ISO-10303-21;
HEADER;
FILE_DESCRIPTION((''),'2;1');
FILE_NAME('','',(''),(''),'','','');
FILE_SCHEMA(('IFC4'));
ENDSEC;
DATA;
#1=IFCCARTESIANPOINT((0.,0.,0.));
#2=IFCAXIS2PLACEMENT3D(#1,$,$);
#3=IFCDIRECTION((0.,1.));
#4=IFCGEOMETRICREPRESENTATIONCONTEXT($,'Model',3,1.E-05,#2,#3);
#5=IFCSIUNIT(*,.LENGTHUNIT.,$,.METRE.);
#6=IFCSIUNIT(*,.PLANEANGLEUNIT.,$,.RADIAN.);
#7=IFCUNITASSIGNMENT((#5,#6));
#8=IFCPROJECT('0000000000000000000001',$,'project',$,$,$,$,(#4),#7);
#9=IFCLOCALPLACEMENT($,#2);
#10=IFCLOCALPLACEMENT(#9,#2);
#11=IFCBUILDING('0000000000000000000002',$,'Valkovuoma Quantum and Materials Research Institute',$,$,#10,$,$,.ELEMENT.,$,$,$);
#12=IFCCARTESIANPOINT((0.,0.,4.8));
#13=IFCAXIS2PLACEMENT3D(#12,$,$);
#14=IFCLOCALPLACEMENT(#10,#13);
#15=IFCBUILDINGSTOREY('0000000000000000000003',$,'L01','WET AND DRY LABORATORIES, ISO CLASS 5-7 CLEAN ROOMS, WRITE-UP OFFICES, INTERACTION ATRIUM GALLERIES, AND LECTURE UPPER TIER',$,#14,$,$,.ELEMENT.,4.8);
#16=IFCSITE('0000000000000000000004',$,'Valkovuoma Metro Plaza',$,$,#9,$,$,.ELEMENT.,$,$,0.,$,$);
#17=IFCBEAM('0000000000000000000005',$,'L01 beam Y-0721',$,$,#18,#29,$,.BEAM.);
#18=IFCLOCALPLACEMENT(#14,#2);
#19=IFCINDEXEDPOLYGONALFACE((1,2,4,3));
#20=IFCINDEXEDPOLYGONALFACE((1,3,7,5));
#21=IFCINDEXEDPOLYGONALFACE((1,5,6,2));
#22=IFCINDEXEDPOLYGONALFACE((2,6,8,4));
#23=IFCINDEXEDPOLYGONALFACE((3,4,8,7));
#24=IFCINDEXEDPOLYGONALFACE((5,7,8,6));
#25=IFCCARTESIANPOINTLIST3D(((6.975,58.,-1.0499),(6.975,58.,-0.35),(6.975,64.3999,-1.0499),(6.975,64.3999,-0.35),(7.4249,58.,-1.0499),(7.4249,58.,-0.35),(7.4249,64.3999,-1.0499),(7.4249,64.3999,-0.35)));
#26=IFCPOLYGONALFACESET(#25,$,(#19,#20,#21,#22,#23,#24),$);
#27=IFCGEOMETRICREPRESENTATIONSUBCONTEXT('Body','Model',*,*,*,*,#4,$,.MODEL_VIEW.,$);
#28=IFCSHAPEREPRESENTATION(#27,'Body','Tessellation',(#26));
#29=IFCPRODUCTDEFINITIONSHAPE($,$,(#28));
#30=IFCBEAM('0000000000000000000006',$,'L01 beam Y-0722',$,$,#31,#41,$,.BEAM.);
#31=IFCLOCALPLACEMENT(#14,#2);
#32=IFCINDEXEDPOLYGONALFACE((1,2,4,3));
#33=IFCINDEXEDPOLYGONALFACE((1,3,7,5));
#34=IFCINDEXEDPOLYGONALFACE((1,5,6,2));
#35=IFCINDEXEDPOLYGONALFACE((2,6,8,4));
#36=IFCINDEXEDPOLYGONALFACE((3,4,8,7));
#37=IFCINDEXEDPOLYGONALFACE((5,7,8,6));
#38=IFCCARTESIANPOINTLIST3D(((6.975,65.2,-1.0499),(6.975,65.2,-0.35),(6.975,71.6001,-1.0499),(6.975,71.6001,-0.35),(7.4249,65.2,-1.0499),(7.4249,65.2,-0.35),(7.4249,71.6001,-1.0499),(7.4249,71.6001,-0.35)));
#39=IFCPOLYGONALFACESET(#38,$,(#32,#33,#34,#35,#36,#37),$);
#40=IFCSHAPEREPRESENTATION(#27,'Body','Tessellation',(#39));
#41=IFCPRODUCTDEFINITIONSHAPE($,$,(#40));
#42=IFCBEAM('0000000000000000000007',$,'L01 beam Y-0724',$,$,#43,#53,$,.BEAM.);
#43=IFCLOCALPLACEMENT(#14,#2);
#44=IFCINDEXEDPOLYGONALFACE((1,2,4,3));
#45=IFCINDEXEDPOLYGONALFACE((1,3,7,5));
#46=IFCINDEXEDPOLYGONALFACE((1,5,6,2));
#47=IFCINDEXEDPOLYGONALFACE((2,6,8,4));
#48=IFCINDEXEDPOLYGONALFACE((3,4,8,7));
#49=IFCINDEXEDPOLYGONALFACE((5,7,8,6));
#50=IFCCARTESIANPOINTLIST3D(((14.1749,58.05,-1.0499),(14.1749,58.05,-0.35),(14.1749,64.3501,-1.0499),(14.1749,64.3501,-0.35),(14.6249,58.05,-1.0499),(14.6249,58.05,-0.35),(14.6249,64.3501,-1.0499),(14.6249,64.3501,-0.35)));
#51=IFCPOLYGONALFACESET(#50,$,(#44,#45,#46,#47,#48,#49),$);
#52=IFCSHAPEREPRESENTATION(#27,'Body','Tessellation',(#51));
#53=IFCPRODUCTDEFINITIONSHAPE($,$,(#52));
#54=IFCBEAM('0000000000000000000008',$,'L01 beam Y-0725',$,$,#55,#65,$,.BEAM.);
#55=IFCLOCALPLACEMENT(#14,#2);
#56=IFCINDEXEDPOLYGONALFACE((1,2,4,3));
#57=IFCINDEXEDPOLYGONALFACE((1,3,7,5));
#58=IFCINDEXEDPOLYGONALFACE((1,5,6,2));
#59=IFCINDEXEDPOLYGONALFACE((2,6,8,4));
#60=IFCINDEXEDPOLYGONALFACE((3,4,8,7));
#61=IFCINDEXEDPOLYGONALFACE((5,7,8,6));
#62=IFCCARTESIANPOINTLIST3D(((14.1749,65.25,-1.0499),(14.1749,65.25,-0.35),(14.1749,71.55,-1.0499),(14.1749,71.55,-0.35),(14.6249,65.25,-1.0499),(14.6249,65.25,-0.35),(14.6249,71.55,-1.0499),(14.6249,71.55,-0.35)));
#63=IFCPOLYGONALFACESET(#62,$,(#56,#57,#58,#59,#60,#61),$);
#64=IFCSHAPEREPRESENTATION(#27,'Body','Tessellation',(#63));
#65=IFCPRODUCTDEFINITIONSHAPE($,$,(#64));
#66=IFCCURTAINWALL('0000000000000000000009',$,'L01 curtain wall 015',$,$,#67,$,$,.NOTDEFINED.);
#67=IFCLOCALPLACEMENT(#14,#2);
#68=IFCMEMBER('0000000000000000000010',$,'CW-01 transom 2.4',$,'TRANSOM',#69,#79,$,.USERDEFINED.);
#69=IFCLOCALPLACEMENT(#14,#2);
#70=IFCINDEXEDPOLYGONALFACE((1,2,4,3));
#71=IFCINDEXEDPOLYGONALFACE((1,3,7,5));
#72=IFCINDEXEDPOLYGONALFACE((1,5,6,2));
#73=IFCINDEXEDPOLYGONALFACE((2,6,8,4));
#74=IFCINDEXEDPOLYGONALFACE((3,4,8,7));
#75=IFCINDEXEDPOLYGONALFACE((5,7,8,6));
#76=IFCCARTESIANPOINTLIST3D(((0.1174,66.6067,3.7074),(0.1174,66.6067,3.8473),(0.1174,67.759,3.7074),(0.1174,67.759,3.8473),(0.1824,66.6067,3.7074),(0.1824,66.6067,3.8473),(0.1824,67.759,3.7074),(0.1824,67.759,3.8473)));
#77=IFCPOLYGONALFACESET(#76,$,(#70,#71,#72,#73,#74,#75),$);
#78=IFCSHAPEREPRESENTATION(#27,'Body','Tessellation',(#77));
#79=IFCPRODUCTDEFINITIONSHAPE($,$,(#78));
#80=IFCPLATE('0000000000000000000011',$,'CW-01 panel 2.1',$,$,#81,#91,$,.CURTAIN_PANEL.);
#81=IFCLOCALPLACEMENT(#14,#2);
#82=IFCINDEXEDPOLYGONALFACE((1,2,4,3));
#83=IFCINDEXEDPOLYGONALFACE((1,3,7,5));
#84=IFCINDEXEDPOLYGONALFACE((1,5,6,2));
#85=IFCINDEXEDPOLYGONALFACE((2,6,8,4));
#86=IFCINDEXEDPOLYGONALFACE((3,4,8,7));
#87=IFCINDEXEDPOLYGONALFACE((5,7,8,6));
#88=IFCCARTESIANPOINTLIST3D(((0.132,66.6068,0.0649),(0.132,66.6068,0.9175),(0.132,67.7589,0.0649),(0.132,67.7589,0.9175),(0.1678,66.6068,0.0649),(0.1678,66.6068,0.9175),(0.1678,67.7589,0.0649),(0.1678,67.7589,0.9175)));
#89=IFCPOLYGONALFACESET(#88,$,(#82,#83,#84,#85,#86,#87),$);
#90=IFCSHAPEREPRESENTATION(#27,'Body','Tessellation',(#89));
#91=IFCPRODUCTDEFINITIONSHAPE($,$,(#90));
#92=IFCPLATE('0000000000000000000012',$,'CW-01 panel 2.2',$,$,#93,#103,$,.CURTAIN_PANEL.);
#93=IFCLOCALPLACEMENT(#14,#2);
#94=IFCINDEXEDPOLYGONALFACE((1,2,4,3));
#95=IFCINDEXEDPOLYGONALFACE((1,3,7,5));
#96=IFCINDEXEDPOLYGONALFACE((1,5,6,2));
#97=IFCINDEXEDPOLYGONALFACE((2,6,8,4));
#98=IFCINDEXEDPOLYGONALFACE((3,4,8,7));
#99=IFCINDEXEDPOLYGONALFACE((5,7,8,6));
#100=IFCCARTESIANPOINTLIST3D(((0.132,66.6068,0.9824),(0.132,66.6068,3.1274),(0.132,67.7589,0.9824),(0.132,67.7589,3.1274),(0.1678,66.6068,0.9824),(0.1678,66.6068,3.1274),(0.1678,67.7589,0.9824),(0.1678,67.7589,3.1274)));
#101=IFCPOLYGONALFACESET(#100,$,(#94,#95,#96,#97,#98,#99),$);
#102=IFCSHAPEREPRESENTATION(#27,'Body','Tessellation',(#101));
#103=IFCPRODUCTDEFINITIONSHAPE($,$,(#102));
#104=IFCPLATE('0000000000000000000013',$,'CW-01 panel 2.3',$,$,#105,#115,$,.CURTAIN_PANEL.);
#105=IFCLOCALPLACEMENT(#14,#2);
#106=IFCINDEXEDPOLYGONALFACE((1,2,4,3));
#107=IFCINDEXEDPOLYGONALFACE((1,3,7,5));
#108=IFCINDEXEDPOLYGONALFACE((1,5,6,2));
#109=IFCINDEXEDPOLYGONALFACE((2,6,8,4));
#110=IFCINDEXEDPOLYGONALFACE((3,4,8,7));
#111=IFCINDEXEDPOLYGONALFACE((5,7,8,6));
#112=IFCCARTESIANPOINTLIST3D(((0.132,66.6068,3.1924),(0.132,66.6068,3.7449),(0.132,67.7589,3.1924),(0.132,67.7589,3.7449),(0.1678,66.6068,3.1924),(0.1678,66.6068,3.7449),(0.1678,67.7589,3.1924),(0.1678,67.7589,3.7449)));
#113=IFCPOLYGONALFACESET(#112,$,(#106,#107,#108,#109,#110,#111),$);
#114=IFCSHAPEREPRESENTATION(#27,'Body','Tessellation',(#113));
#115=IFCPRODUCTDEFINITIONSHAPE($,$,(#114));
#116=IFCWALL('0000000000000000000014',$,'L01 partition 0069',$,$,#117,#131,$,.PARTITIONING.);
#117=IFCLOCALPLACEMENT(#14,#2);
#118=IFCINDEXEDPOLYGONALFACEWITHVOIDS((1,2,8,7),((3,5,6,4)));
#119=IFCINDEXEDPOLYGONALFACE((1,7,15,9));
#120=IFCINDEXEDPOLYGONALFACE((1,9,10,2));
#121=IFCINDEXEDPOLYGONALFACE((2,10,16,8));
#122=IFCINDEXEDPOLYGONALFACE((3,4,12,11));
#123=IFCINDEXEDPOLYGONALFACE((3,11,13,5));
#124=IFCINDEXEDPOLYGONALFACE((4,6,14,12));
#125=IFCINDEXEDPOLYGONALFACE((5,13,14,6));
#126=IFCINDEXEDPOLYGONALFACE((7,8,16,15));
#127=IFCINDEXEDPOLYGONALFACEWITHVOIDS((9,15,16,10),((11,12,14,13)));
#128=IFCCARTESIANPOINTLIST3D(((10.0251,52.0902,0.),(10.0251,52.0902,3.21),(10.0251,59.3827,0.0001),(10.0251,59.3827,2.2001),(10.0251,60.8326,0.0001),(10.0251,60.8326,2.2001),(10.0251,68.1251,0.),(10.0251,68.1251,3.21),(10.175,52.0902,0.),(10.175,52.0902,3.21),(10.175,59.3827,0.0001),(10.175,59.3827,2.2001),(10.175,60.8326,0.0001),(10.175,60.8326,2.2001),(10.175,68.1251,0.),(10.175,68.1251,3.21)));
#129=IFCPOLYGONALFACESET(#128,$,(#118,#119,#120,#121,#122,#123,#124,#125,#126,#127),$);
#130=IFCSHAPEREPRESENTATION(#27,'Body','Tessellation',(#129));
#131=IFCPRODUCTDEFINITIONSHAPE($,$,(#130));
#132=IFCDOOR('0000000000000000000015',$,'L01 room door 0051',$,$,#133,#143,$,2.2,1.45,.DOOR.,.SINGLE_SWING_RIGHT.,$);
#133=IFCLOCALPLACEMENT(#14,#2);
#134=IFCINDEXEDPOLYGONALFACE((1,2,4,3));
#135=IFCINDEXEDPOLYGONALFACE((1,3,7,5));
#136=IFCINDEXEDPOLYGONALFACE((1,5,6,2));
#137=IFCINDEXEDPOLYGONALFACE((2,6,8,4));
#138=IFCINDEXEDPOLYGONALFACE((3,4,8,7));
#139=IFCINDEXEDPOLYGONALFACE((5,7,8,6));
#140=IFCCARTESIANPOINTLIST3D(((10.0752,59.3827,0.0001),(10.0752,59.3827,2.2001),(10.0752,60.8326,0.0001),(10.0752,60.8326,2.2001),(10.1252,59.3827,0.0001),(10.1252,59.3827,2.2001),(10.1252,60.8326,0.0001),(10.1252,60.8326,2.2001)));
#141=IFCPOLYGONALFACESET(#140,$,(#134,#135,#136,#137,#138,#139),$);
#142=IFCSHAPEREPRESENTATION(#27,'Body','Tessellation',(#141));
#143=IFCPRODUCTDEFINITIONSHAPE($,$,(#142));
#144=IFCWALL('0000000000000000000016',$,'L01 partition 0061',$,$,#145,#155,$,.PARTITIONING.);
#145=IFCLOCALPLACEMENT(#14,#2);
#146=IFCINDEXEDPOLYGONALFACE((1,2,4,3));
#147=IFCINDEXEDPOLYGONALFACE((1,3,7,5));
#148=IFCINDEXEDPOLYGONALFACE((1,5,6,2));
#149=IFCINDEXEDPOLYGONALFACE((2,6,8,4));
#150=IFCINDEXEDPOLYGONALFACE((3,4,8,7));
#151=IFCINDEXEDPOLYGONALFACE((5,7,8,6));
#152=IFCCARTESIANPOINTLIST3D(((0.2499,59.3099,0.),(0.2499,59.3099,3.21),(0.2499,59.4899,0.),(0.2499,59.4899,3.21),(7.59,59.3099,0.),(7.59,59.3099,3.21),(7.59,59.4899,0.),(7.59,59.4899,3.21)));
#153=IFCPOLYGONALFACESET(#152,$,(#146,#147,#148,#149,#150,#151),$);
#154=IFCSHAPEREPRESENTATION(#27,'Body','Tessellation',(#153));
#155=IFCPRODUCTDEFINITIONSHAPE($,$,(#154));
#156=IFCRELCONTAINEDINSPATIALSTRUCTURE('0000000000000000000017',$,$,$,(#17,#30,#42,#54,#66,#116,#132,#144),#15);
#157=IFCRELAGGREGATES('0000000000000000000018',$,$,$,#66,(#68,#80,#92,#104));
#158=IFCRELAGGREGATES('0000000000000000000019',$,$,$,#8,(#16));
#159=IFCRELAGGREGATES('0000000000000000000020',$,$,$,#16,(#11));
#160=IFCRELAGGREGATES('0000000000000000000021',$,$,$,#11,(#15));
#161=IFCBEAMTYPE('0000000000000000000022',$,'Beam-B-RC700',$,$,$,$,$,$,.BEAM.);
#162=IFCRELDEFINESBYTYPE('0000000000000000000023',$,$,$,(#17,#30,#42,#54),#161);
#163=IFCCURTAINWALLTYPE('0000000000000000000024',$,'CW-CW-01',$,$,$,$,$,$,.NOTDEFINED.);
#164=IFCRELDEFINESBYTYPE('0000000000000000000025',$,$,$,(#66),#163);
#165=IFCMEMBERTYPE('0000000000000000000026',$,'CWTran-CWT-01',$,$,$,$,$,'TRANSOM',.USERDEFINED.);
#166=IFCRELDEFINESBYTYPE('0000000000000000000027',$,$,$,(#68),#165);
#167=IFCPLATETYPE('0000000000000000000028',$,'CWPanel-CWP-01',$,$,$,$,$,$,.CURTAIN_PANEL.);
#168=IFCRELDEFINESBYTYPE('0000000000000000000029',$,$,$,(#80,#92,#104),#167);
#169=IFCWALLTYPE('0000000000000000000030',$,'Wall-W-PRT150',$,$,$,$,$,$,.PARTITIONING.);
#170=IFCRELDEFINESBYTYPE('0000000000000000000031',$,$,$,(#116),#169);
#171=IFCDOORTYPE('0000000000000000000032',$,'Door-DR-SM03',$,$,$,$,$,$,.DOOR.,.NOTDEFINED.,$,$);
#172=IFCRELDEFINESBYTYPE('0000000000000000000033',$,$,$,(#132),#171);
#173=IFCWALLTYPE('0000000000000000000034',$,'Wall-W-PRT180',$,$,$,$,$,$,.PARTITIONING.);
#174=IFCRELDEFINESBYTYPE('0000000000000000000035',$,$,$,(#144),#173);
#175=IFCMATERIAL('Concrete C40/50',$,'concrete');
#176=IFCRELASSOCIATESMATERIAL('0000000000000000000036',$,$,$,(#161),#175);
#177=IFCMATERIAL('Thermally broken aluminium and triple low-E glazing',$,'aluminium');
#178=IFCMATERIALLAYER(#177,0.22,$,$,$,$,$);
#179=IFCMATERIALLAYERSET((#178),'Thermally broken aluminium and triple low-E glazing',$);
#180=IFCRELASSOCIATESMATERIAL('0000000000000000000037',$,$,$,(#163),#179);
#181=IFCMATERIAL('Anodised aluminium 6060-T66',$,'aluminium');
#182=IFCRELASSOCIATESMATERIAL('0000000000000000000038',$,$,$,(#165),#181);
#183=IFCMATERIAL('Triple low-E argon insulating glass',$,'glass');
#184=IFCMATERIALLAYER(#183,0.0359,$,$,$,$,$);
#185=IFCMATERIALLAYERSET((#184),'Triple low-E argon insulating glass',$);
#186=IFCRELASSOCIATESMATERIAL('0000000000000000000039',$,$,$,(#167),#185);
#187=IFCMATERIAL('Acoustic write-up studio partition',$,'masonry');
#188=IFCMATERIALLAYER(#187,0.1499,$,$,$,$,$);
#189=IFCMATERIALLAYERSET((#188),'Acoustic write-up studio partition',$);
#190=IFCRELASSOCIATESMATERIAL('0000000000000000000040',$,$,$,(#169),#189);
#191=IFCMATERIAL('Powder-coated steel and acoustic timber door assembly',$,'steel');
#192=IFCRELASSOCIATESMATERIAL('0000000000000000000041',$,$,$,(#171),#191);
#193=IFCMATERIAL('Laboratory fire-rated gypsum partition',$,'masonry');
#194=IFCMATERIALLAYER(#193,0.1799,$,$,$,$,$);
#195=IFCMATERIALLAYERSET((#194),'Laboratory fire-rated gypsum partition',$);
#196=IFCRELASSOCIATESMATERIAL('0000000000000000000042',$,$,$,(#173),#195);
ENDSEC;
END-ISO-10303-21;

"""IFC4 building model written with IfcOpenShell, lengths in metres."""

from ifc_helpers import new_model, si_unit, direction, frame, frame_2d, origin, origin_2d, place, context, subcontext, project, spatial, rectangle, extrude, material, layer, layer_set, material_profile, profile_set, type_object, element, fill, aggregate, save


model = new_model("IFC4")

# Units and contexts
model_context = context("Model", 3, precision=1e-05, world=origin(), true_north=direction((0.0, 1.0)))
body_context = subcontext(model_context, "Body", "Model", "MODEL_VIEW")
ifc_project = project(units=[si_unit("LENGTHUNIT", "METRE"), si_unit("PLANEANGLEUNIT", "RADIAN")], contexts=[model_context])

# Site, building, storey
site_placement = place(None, origin())
site = spatial("IfcSite", under=ifc_project, at=site_placement, Name="Valkovuoma Metro Plaza", CompositionType="ELEMENT", RefElevation=0.0)
building_placement = place(site_placement, origin())
building = spatial("IfcBuilding", under=site, at=building_placement, Name="Valkovuoma Quantum and Materials Research Institute", CompositionType="ELEMENT")
storey_placement = place(building_placement, frame((0.0, 0.0, 4.8)))
storey = spatial("IfcBuildingStorey", under=building, at=storey_placement, Name="L01", Description="WET AND DRY LABORATORIES, ISO CLASS 5-7 CLEAN ROOMS, WRITE-UP OFFICES, INTERACTION ATRIUM GALLERIES, AND LECTURE UPPER TIER", CompositionType="ELEMENT", Elevation=4.8)

# Beams
ifc_material_1 = material(Name="Concrete C40/50", Category="concrete")
ifc_material_profile_1 = material_profile(ifc_material_1, rectangle(XDim=0.45, YDim=0.7, at=origin_2d()), Name="Concrete C40/50")
ifc_profile_set_1 = profile_set([ifc_material_profile_1], Name="Concrete C40/50")
beam_type_1 = type_object("IfcBeamType", Name="Beam-B-RC700", PredefinedType="BEAM", material=ifc_profile_set_1)
beam_1_placement = place(storey_placement, frame((7.2, 58.0, -0.7), z_axis=(0.0, 1.0, 0.0), x_axis=(-1.0, 0.0, 0.0)))
element("IfcBeam", 1, at=beam_1_placement, inside=storey, type_object=beam_type_1, Name="L01 beam Y-0721", PredefinedType="BEAM", context=body_context, shape_type="SweptSolid", body=[
    extrude(rectangle(XDim=0.45, YDim=0.7, at=origin_2d()), origin(), (0.0, 0.0, 1.0), 6.3999),
])
beam_2_placement = place(storey_placement, frame((7.2, 65.2, -0.7), z_axis=(0.0, 1.0, 0.0), x_axis=(-1.0, 0.0, 0.0)))
element("IfcBeam", 2, at=beam_2_placement, inside=storey, type_object=beam_type_1, Name="L01 beam Y-0722", PredefinedType="BEAM", context=body_context, shape_type="SweptSolid", body=[
    extrude(rectangle(XDim=0.45, YDim=0.7, at=origin_2d()), origin(), (0.0, 0.0, 1.0), 6.4001),
])
for number, where, z_axis, x_axis, name in (
    (3, (14.3999, 58.05, -0.7), (0.0, 1.0, 0.0), (-1.0, 0.0, 0.0), "L01 beam Y-0724"),
    (4, (14.3999, 65.25, -0.7), (0.0, 1.0, 0.0), (-1.0, 0.0, 0.0), "L01 beam Y-0725"),
):
    element("IfcBeam", number, at=place(storey_placement, frame(where, z_axis=z_axis, x_axis=x_axis)), inside=storey, type_object=beam_type_1, Name=name, PredefinedType="BEAM", context=body_context, shape_type="SweptSolid", body=[
        extrude(rectangle(XDim=0.45, YDim=0.7, at=origin_2d()), origin(), (0.0, 0.0, 1.0), 6.3),
    ])

# Curtain wall, member, plates
ifc_material_2 = material(Name="Thermally broken aluminium and triple low-E glazing", Category="aluminium")
ifc_layer_1 = layer(ifc_material_2, 0.22)
ifc_layer_set_1 = layer_set([ifc_layer_1], Name="Thermally broken aluminium and triple low-E glazing")
curtain_wall_type = type_object("IfcCurtainWallType", Name="CW-CW-01", PredefinedType="NOTDEFINED", material=ifc_layer_set_1)
curtain_wall_placement = place(storey_placement, origin())
curtain_wall = element("IfcCurtainWall", 5, at=curtain_wall_placement, inside=storey, type_object=curtain_wall_type, Name="L01 curtain wall 015", PredefinedType="NOTDEFINED")
ifc_material_3 = material(Name="Anodised aluminium 6060-T66", Category="aluminium")
ifc_material_profile_2 = material_profile(ifc_material_3, rectangle(XDim=0.0649, YDim=0.1399, at=origin_2d()), Name="Anodised aluminium 6060-T66")
ifc_profile_set_2 = profile_set([ifc_material_profile_2], Name="Anodised aluminium 6060-T66")
member_type = type_object("IfcMemberType", Name="CWTran-CWT-01", ElementType="TRANSOM", PredefinedType="USERDEFINED", material=ifc_profile_set_2)
member_placement = place(storey_placement, frame((0.1499, 66.6067, 3.7773), z_axis=(0.0, 1.0, 0.0), x_axis=(-1.0, 0.0, 0.0)))
member = element("IfcMember", 6, at=member_placement, type_object=member_type, Name="CW-01 transom 2.4", ObjectType="TRANSOM", PredefinedType="USERDEFINED", context=body_context, shape_type="SweptSolid", body=[
    extrude(rectangle(XDim=0.0649, YDim=0.1399, at=origin_2d()), origin(), (0.0, 0.0, 1.0), 1.1523),
])
ifc_material_4 = material(Name="Triple low-E argon insulating glass", Category="glass")
ifc_layer_2 = layer(ifc_material_4, 0.0359)
ifc_layer_set_2 = layer_set([ifc_layer_2], Name="Triple low-E argon insulating glass")
plate_type = type_object("IfcPlateType", Name="CWPanel-CWP-01", PredefinedType="CURTAIN_PANEL", material=ifc_layer_set_2)
plate_1_placement = place(storey_placement, frame((0.1499, 67.1829, 0.0649), z_axis=(0.0, 0.0, 1.0), x_axis=(0.0, 1.0, 0.0)))
plate_1 = element("IfcPlate", 7, at=plate_1_placement, type_object=plate_type, Name="CW-01 panel 2.1", PredefinedType="CURTAIN_PANEL", context=body_context, shape_type="SweptSolid", body=[
    extrude(rectangle(XDim=1.1521, YDim=0.0359, at=origin_2d()), origin(), (0.0, 0.0, 1.0), 0.8525),
])
plate_2_placement = place(storey_placement, frame((0.1499, 67.1829, 0.9824), z_axis=(0.0, 0.0, 1.0), x_axis=(0.0, 1.0, 0.0)))
plate_2 = element("IfcPlate", 8, at=plate_2_placement, type_object=plate_type, Name="CW-01 panel 2.2", PredefinedType="CURTAIN_PANEL", context=body_context, shape_type="SweptSolid", body=[
    extrude(rectangle(XDim=1.1521, YDim=0.0359, at=origin_2d()), origin(), (0.0, 0.0, 1.0), 2.145),
])
plate_3_placement = place(storey_placement, frame((0.1499, 67.1829, 3.1924), z_axis=(0.0, 0.0, 1.0), x_axis=(0.0, 1.0, 0.0)))
plate_3 = element("IfcPlate", 9, at=plate_3_placement, type_object=plate_type, Name="CW-01 panel 2.3", PredefinedType="CURTAIN_PANEL", context=body_context, shape_type="SweptSolid", body=[
    extrude(rectangle(XDim=1.1521, YDim=0.0359, at=origin_2d()), origin(), (0.0, 0.0, 1.0), 0.5525),
])
aggregate(curtain_wall, [member, plate_1, plate_2, plate_3])

# Wall, opening, door
ifc_material_5 = material(Name="Acoustic write-up studio partition", Category="masonry")
ifc_layer_3 = layer(ifc_material_5, 0.1499)
ifc_layer_set_3 = layer_set([ifc_layer_3], Name="Acoustic write-up studio partition")
wall_type_1 = type_object("IfcWallType", Name="Wall-W-PRT150", PredefinedType="PARTITIONING", material=ifc_layer_set_3)
wall_1_placement = place(storey_placement, frame((10.1001, 52.0901, 0.0), z_axis=(0.0, 0.0, 1.0), x_axis=(0.0, 1.0, 0.0)))
wall_1 = element("IfcWall", 10, at=wall_1_placement, inside=storey, type_object=wall_type_1, Name="L01 partition 0069", PredefinedType="PARTITIONING", context=body_context, shape_type="SweptSolid", body=[
    extrude(rectangle(XDim=16.0349, YDim=0.1499, at=frame_2d((8.0176, 0.0))), origin(), (0.0, 0.0, 1.0), 3.21),
])
opening_1_placement = place(wall_1_placement, frame((7.2925, 0.0, 0.0)))
opening_1 = element("IfcOpeningElement", 11, at=opening_1_placement, cuts=wall_1, PredefinedType="OPENING", context=body_context, shape_type="SweptSolid", body=[
    extrude(rectangle(XDim=1.45, YDim=2.2, at=frame_2d((0.7251, 1.1001))), frame((0.0, 0.085, 0.0), z_axis=(0.0, -1.0, 0.0), x_axis=(1.0, 0.0, 0.0)), (0.0, 0.0, 1.0), 0.1699),
])
ifc_material_6 = material(Name="Powder-coated steel and acoustic timber door assembly", Category="steel")
door_type_1 = type_object("IfcDoorType", Name="Door-DR-SM03", OperationType="NOTDEFINED", PredefinedType="DOOR", material=ifc_material_6)
door_1_placement = place(opening_1_placement, origin())
door_1 = element("IfcDoor", 12, at=door_1_placement, inside=storey, type_object=door_type_1, Name="L01 room door 0051", OperationType="SINGLE_SWING_RIGHT", OverallHeight=2.2, OverallWidth=1.45, PredefinedType="DOOR", context=body_context, shape_type="SweptSolid", body=[
    extrude(rectangle(XDim=1.45, YDim=2.2, at=frame_2d((0.7251, 1.1001))), frame((0.0, 0.0249, 0.0), z_axis=(0.0, -1.0, 0.0), x_axis=(1.0, 0.0, 0.0)), (0.0, 0.0, 1.0), 0.05),
])
fill(opening_1, door_1)

# Wall
ifc_material_7 = material(Name="Laboratory fire-rated gypsum partition", Category="masonry")
ifc_layer_4 = layer(ifc_material_7, 0.1799)
ifc_layer_set_4 = layer_set([ifc_layer_4], Name="Laboratory fire-rated gypsum partition")
wall_type_2 = type_object("IfcWallType", Name="Wall-W-PRT180", PredefinedType="PARTITIONING", material=ifc_layer_set_4)
wall_2_placement = place(storey_placement, frame((0.25, 59.3999, 0.0), z_axis=(0.0, 0.0, 1.0), x_axis=(1.0, 0.0, 0.0)))
element("IfcWall", 13, at=wall_2_placement, inside=storey, type_object=wall_type_2, Name="L01 partition 0061", PredefinedType="PARTITIONING", context=body_context, shape_type="SweptSolid", body=[
    extrude(rectangle(XDim=7.3401, YDim=0.1799, at=frame_2d((3.6699, 0.0))), origin(), (0.0, 0.0, 1.0), 3.21),
])

save(model, "model.ifc")
